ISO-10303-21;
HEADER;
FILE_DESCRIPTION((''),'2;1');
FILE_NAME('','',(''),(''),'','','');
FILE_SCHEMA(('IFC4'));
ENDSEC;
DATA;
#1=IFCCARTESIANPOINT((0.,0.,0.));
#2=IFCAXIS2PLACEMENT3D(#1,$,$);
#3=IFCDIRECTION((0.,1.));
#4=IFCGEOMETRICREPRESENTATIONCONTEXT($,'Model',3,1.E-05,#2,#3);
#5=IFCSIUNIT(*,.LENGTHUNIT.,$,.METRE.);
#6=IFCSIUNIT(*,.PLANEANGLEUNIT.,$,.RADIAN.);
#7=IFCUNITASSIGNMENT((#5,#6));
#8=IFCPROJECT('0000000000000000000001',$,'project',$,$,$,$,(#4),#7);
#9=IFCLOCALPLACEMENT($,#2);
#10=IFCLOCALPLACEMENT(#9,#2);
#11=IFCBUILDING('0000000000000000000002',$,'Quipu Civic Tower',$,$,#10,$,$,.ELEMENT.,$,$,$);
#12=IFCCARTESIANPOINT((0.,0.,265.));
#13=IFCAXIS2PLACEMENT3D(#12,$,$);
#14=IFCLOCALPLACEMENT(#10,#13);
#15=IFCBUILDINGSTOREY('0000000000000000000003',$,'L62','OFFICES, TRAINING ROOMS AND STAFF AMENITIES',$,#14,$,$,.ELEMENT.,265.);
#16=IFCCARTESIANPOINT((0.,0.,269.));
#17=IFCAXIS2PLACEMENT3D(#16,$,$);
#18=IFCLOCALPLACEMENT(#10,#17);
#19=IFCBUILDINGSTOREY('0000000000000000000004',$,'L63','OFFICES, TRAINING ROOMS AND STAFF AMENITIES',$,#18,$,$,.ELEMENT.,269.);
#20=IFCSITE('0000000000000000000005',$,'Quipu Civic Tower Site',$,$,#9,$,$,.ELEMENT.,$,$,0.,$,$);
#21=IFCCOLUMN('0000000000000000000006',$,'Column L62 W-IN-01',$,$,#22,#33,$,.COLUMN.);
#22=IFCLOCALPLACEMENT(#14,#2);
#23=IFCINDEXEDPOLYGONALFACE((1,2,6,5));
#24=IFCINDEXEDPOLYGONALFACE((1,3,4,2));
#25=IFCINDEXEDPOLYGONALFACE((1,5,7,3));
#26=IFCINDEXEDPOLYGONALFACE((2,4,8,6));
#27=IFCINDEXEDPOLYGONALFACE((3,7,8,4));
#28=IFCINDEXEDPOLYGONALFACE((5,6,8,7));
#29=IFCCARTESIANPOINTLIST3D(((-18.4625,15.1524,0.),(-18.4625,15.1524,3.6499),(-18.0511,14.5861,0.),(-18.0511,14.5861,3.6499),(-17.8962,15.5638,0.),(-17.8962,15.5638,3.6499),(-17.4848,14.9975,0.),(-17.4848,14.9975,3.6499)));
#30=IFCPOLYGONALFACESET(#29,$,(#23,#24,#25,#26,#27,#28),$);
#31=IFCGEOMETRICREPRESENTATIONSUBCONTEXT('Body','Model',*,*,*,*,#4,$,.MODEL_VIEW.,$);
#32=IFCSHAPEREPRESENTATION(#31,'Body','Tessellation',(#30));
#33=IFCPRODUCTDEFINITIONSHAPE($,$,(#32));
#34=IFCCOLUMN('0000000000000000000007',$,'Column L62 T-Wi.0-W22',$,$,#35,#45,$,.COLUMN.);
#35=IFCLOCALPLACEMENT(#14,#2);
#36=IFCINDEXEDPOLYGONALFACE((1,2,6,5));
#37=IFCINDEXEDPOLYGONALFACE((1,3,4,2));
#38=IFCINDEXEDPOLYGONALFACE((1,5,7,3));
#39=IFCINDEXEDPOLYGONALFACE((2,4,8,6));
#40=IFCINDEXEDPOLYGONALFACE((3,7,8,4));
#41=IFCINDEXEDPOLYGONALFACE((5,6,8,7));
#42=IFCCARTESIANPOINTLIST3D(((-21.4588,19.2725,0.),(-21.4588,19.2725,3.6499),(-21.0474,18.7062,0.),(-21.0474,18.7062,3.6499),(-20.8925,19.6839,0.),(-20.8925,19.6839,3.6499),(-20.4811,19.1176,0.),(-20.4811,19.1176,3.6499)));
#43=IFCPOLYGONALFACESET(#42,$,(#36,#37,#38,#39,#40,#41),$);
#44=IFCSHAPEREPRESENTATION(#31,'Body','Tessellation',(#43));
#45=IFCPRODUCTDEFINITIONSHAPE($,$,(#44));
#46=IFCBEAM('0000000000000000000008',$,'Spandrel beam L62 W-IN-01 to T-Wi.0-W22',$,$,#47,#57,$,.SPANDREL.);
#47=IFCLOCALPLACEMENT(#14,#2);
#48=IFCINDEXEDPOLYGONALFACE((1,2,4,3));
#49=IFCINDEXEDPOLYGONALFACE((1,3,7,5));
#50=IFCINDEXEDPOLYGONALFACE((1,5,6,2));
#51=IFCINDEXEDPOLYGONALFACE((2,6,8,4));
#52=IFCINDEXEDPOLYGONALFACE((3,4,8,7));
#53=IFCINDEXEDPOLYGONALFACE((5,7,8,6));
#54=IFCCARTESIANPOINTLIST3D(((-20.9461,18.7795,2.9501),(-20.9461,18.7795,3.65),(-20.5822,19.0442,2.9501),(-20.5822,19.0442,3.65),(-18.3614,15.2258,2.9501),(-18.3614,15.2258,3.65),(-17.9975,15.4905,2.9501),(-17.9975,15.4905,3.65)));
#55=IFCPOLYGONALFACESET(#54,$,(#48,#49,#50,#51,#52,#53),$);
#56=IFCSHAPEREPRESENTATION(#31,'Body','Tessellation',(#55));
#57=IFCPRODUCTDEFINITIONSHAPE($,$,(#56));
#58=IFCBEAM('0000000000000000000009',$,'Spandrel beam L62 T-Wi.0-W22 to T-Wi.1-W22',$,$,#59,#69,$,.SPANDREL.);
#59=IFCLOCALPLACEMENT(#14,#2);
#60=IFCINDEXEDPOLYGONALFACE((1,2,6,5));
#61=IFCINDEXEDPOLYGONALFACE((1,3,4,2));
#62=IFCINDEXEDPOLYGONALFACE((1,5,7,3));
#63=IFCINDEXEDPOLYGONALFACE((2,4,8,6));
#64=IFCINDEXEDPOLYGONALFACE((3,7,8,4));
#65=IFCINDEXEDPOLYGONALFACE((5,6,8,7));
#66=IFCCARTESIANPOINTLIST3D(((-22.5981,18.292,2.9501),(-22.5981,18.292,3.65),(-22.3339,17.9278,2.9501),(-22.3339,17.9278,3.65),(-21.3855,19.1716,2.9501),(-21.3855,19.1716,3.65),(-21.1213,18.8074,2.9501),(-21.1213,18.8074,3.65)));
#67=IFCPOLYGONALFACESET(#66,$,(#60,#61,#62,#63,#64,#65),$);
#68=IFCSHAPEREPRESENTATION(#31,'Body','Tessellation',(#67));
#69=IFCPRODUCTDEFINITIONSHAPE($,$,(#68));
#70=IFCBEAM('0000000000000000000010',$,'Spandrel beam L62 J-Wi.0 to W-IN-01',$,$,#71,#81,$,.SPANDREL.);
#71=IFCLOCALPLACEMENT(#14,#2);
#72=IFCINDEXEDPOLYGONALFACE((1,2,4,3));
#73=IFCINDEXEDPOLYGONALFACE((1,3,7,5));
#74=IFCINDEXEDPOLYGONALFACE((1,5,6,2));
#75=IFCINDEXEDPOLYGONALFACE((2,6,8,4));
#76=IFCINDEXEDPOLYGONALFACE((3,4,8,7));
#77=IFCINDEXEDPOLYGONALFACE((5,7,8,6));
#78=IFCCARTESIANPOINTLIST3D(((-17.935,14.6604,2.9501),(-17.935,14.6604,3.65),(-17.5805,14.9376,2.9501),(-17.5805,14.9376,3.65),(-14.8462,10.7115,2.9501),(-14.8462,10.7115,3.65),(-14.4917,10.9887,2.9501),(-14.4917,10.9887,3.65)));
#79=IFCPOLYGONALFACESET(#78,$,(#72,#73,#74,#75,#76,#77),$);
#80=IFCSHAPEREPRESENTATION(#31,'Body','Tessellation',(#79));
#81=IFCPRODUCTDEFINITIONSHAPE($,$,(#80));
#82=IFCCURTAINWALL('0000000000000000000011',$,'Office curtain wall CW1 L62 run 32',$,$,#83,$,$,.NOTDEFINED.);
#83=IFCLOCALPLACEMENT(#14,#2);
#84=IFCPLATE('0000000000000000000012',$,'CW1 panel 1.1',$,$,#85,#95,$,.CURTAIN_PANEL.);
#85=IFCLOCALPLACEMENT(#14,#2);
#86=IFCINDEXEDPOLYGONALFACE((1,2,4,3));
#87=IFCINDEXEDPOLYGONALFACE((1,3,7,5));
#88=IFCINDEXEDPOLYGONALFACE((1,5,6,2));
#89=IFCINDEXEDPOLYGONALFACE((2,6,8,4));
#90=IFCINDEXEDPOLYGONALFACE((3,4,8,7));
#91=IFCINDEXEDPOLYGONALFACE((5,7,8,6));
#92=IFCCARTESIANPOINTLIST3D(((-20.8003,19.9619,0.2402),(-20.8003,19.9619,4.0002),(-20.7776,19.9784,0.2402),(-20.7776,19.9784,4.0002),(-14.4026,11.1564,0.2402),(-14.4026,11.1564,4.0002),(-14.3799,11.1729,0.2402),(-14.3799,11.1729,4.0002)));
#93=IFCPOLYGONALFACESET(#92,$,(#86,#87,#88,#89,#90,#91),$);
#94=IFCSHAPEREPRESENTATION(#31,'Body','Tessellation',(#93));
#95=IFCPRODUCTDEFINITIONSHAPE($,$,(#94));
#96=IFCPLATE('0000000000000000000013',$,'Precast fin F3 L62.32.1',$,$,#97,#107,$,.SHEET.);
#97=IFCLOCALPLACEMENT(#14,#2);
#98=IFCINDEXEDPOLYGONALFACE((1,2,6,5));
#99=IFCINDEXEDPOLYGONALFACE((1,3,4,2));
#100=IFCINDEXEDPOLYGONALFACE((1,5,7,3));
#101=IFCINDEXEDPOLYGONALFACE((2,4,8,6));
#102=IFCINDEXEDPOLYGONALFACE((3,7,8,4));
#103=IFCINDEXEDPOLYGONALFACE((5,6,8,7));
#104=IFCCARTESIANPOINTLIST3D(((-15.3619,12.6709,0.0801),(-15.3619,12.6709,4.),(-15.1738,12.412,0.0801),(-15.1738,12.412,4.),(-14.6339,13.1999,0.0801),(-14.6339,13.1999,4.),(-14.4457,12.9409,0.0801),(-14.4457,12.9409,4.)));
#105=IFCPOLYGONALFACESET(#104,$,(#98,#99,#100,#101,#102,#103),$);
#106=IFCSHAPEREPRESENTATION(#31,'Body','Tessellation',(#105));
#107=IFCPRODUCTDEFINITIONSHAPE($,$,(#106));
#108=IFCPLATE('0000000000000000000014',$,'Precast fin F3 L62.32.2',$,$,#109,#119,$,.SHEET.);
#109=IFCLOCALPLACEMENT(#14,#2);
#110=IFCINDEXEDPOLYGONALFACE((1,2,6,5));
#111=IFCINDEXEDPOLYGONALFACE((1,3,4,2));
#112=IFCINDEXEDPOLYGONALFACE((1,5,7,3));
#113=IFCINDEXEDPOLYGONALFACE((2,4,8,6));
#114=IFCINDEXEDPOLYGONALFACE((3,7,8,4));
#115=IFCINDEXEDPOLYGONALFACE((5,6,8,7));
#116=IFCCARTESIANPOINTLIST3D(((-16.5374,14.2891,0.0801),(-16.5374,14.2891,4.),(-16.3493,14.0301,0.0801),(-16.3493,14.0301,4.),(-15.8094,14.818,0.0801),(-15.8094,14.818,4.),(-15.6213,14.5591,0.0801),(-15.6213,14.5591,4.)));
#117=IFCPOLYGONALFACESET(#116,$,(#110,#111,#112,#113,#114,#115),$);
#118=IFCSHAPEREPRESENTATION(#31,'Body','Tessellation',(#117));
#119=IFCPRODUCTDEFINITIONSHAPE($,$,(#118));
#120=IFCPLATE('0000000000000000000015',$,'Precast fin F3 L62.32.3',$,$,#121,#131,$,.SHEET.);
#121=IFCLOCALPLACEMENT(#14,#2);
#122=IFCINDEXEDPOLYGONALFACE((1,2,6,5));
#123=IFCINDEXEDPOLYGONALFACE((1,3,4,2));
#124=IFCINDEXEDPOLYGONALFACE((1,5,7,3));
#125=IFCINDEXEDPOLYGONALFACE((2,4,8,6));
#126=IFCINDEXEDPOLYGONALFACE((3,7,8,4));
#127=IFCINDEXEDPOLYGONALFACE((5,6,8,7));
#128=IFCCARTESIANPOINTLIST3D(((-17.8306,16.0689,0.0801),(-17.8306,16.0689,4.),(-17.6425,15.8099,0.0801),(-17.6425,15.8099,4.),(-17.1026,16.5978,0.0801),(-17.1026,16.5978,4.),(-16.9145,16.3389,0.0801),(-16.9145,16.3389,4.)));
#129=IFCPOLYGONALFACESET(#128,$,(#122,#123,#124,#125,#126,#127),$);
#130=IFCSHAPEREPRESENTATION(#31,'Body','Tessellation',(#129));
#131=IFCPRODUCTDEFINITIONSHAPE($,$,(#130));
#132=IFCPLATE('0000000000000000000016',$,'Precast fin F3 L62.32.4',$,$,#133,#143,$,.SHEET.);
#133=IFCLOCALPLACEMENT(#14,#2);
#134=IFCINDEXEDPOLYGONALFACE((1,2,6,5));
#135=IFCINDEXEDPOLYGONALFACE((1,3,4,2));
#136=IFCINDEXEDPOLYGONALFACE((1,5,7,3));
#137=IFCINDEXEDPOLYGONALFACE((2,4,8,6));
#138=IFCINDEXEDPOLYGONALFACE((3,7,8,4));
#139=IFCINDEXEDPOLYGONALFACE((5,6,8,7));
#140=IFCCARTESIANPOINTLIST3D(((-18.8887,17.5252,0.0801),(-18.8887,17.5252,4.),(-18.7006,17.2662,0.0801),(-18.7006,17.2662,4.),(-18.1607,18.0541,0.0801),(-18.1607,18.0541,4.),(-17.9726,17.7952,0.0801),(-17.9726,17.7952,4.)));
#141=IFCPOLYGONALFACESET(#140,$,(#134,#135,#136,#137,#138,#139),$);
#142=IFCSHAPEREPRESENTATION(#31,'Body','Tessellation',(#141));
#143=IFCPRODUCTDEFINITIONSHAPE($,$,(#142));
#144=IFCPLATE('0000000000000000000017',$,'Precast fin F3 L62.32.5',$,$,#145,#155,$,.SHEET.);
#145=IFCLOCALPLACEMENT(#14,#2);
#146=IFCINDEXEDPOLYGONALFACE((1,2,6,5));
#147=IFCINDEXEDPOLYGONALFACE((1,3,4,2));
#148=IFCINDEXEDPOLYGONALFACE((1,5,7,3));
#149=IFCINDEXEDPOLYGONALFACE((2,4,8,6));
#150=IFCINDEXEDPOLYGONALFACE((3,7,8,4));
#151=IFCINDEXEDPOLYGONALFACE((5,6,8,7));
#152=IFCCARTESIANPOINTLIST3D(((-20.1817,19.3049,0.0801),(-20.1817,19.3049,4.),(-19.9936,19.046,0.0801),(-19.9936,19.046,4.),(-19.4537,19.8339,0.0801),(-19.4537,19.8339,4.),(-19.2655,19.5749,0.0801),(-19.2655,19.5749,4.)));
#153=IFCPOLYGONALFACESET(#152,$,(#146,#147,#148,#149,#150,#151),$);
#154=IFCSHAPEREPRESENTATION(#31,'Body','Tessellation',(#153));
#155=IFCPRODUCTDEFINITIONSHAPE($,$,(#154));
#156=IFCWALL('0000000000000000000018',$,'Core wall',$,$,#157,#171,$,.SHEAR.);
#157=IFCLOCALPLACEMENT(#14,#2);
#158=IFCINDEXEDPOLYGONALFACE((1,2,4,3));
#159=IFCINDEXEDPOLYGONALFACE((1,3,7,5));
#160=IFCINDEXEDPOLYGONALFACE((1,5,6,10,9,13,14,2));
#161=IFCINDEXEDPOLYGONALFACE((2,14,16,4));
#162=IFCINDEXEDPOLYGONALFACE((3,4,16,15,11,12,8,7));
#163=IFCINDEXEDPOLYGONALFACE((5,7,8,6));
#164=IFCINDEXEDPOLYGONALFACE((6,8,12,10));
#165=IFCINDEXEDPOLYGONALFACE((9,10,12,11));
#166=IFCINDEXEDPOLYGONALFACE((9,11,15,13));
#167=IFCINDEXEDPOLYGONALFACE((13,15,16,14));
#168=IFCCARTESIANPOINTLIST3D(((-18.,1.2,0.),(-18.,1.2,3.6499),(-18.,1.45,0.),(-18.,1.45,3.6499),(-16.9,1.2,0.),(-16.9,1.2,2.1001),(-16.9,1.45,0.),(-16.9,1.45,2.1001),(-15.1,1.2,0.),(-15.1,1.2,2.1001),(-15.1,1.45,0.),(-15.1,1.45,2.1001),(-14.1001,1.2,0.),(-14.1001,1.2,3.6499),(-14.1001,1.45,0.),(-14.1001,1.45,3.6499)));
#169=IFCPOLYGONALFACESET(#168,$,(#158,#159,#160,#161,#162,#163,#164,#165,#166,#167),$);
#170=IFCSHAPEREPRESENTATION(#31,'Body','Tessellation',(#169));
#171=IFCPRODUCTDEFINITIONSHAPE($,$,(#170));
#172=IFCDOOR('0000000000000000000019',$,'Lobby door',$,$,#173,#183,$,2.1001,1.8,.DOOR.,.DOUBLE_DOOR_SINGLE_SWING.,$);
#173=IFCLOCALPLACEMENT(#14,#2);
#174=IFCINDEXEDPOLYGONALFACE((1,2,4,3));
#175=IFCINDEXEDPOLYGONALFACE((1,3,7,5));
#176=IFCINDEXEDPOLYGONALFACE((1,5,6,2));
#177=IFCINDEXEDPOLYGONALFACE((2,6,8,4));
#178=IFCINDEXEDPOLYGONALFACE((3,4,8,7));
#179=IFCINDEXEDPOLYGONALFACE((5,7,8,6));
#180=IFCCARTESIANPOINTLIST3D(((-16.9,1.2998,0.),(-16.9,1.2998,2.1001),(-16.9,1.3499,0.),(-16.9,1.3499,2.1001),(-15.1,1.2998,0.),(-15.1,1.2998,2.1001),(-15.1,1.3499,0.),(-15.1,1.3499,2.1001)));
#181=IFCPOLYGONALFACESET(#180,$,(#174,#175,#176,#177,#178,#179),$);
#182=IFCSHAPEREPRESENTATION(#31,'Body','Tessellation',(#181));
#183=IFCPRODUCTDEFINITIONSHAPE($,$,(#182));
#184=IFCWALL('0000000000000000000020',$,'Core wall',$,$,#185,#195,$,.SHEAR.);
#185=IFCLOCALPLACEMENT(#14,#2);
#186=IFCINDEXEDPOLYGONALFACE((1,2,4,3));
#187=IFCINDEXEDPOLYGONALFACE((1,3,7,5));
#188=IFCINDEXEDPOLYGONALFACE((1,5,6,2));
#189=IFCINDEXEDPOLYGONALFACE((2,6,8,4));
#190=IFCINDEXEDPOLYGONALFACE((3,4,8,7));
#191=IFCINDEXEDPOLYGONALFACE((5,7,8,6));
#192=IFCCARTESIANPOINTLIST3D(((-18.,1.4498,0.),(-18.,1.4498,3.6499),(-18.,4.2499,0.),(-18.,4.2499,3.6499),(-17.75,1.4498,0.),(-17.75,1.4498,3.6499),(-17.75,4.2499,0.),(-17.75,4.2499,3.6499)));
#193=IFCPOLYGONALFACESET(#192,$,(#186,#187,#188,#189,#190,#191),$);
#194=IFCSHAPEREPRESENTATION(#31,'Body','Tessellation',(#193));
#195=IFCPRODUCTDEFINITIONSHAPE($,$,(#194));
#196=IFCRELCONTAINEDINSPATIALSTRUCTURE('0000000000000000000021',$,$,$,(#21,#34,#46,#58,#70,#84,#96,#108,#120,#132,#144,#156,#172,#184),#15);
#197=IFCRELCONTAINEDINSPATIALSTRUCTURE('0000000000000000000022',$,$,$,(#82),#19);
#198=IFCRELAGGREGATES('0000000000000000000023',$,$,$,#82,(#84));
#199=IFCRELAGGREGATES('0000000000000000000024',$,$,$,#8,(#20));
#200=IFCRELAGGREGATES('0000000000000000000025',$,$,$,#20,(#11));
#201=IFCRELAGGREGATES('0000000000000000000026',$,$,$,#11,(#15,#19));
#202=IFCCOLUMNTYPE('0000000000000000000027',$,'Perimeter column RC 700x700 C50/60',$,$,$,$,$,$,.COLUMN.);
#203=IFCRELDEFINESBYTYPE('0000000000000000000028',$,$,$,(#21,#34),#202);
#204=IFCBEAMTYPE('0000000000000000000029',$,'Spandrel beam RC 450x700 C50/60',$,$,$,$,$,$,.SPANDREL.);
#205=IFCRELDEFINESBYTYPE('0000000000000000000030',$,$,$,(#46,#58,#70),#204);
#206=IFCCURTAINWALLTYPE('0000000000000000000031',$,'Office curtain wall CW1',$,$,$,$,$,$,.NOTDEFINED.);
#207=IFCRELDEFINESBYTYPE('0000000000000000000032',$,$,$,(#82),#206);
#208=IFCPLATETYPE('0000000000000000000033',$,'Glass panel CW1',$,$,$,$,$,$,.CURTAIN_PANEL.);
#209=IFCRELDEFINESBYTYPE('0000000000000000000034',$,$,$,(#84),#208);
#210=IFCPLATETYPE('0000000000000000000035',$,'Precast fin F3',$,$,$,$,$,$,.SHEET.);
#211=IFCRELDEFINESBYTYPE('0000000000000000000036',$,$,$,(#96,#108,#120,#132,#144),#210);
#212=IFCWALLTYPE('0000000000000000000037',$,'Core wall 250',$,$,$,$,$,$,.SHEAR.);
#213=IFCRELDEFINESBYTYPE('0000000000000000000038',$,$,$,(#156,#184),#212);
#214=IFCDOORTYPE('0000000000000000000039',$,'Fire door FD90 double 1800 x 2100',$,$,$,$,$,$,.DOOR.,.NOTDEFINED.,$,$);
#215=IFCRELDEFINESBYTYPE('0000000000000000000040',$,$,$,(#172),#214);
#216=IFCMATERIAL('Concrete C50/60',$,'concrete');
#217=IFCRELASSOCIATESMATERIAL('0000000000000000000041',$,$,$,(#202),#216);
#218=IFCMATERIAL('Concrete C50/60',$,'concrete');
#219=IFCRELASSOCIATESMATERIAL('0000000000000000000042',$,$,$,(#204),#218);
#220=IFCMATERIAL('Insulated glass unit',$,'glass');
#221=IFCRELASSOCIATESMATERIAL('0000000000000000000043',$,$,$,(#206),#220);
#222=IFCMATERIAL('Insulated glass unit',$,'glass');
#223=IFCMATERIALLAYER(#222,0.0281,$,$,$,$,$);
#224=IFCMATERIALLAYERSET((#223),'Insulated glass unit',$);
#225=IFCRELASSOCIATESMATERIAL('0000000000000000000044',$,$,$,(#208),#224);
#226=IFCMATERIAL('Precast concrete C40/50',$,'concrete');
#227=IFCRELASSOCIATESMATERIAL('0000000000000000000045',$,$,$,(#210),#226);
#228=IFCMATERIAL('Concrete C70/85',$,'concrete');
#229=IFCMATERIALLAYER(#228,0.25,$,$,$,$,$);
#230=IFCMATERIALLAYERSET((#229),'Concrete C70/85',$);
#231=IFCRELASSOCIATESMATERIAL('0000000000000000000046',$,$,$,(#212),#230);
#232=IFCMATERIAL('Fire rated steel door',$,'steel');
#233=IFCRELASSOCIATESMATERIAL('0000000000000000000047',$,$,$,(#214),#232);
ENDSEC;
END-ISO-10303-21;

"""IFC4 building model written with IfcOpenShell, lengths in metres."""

from ifc_helpers import new_model, si_unit, direction, frame, frame_2d, origin, origin_2d, place, context, subcontext, project, spatial, rectangle, extrude, material, layer, layer_set, material_profile, profile_set, type_object, element, fill, aggregate, save


model = new_model("IFC4")

# Units and contexts
model_context = context("Model", 3, precision=1e-05, world=origin(), true_north=direction((0.0, 1.0)))
body_context = subcontext(model_context, "Body", "Model", "MODEL_VIEW")
ifc_project = project(units=[si_unit("LENGTHUNIT", "METRE"), si_unit("PLANEANGLEUNIT", "RADIAN")], contexts=[model_context])

# Site, building, storey
site_placement = place(None, origin())
site = spatial("IfcSite", under=ifc_project, at=site_placement, Name="Quipu Civic Tower Site", CompositionType="ELEMENT", RefElevation=0.0)
building_placement = place(site_placement, origin())
building = spatial("IfcBuilding", under=site, at=building_placement, Name="Quipu Civic Tower", CompositionType="ELEMENT")
storey_1_placement = place(building_placement, frame((0.0, 0.0, 265.0)))
storey_1 = spatial("IfcBuildingStorey", under=building, at=storey_1_placement, Name="L62", Description="OFFICES, TRAINING ROOMS AND STAFF AMENITIES", CompositionType="ELEMENT", Elevation=265.0)

# Columns
ifc_material_1 = material(Name="Concrete C50/60", Category="concrete")
ifc_material_profile_1 = material_profile(ifc_material_1, rectangle(XDim=0.7, YDim=0.7, at=origin_2d()), Name="RC700x700")
ifc_profile_set_1 = profile_set([ifc_material_profile_1], Name="Concrete C50/60")
column_type = type_object("IfcColumnType", Name="Perimeter column RC 700x700 C50/60", PredefinedType="COLUMN", material=ifc_profile_set_1)
for number, where, z_axis, x_axis, name in (
    (1, (-17.9736, 15.075, 0.0), (0.0, 0.0, 1.0), (-0.587785, 0.809017, 0.0), "Column L62 W-IN-01"),
    (2, (-20.97, 19.1951, 0.0), (0.0, 0.0, 1.0), (-0.587785, 0.809017, 0.0), "Column L62 T-Wi.0-W22"),
):
    element("IfcColumn", number, at=place(storey_1_placement, frame(where, z_axis=z_axis, x_axis=x_axis)), inside=storey_1, type_object=column_type, Name=name, PredefinedType="COLUMN", context=body_context, shape_type="SweptSolid", body=[
        extrude(rectangle(XDim=0.7, YDim=0.7, at=origin_2d()), origin(), (0.0, 0.0, 1.0), 3.6499),
    ])

# Beams
ifc_material_2 = material(Name="Concrete C50/60", Category="concrete")
ifc_material_profile_2 = material_profile(ifc_material_2, rectangle(XDim=0.45, YDim=0.7, at=origin_2d()), Name="RC450x700")
ifc_profile_set_2 = profile_set([ifc_material_profile_2], Name="Concrete C50/60")
beam_type = type_object("IfcBeamType", Name="Spandrel beam RC 450x700 C50/60", PredefinedType="SPANDREL", material=ifc_profile_set_2)
beam_1_placement = place(storey_1_placement, frame((-18.1794, 15.3582, 3.3), z_axis=(-0.588201, 0.808714, 0.0), x_axis=(-0.808714, -0.588201, 0.0)))
element("IfcBeam", 3, at=beam_1_placement, inside=storey_1, type_object=beam_type, Name="Spandrel beam L62 W-IN-01 to T-Wi.0-W22", PredefinedType="SPANDREL", context=body_context, shape_type="SweptSolid", body=[
    extrude(rectangle(XDim=0.45, YDim=0.7, at=origin_2d()), origin(), (0.0, 0.0, 1.0), 4.3943),
])
beam_2_placement = place(storey_1_placement, frame((-21.2534, 18.9895, 3.3), z_axis=(-0.809461, -0.587173, 0.0), x_axis=(0.587173, -0.809461, 0.0)))
element("IfcBeam", 4, at=beam_2_placement, inside=storey_1, type_object=beam_type, Name="Spandrel beam L62 T-Wi.0-W22 to T-Wi.1-W22", PredefinedType="SPANDREL", context=body_context, shape_type="SweptSolid", body=[
    extrude(rectangle(XDim=0.45, YDim=0.7, at=origin_2d()), origin(), (0.0, 0.0, 1.0), 1.498),
])
beam_3_placement = place(storey_1_placement, frame((-14.6689, 10.8501, 3.3), z_axis=(-0.616106, 0.787663, 0.0), x_axis=(-0.787663, -0.616106, 0.0)))
element("IfcBeam", 5, at=beam_3_placement, inside=storey_1, type_object=beam_type, Name="Spandrel beam L62 J-Wi.0 to W-IN-01", PredefinedType="SPANDREL", context=body_context, shape_type="SweptSolid", body=[
    extrude(rectangle(XDim=0.45, YDim=0.7, at=origin_2d()), origin(), (0.0, 0.0, 1.0), 5.0134),
])

# Shared definitions
storey_2_placement = place(building_placement, frame((0.0, 0.0, 269.0)))
storey_2 = spatial("IfcBuildingStorey", under=building, at=storey_2_placement, Name="L63", Description="OFFICES, TRAINING ROOMS AND STAFF AMENITIES", CompositionType="ELEMENT", Elevation=269.0)

# Curtain wall, plate
ifc_material_3 = material(Name="Insulated glass unit", Category="glass")
curtain_wall_type = type_object("IfcCurtainWallType", Name="Office curtain wall CW1", PredefinedType="NOTDEFINED", material=ifc_material_3)
curtain_wall_placement = place(storey_2_placement, origin())
curtain_wall = element("IfcCurtainWall", 6, at=curtain_wall_placement, inside=storey_2, type_object=curtain_wall_type, Name="Office curtain wall CW1 L62 run 32", PredefinedType="NOTDEFINED")
ifc_material_4 = material(Name="Insulated glass unit", Category="glass")
ifc_layer_1 = layer(ifc_material_4, 0.0281)
ifc_layer_set_1 = layer_set([ifc_layer_1], Name="Insulated glass unit")
plate_type_1 = type_object("IfcPlateType", Name="Glass panel CW1", PredefinedType="CURTAIN_PANEL", material=ifc_layer_set_1)
plate_placement = place(storey_1_placement, frame((-17.5901, 15.5674, 0.2402), z_axis=(0.0, 0.0, 1.0), x_axis=(-0.587788, 0.809015, 0.0)))
plate = element("IfcPlate", 7, at=plate_placement, inside=storey_1, type_object=plate_type_1, Name="CW1 panel 1.1", PredefinedType="CURTAIN_PANEL", context=body_context, shape_type="SweptSolid", body=[
    extrude(rectangle(XDim=10.8843, YDim=0.0281, at=origin_2d()), origin(), (0.0, 0.0, 1.0), 3.76),
])
aggregate(curtain_wall, [plate])

# Plates
ifc_material_5 = material(Name="Precast concrete C40/50", Category="concrete")
plate_type_2 = type_object("IfcPlateType", Name="Precast fin F3", PredefinedType="SHEET", material=ifc_material_5)
for number, where, z_axis, x_axis, name in (
    (8, (-14.9038, 12.8059, 0.0801), (0.0, 0.0, 1.0), (-0.587784, 0.809018, 0.0), "Precast fin F3 L62.32.1"),
    (9, (-16.0793, 14.4241, 0.0801), (0.0, 0.0, 1.0), (-0.587784, 0.809018, 0.0), "Precast fin F3 L62.32.2"),
    (10, (-17.3726, 16.2039, 0.0801), (0.0, 0.0, 1.0), (-0.587784, 0.809018, 0.0), "Precast fin F3 L62.32.3"),
    (11, (-18.4307, 17.6602, 0.0801), (0.0, 0.0, 1.0), (-0.587784, 0.809018, 0.0), "Precast fin F3 L62.32.4"),
    (12, (-19.7236, 19.4399, 0.0801), (0.0, 0.0, 1.0), (-0.587784, 0.809018, 0.0), "Precast fin F3 L62.32.5"),
):
    element("IfcPlate", number, at=place(storey_1_placement, frame(where, z_axis=z_axis, x_axis=x_axis)), inside=storey_1, type_object=plate_type_2, Name=name, PredefinedType="SHEET", context=body_context, shape_type="SweptSolid", body=[
        extrude(rectangle(XDim=0.3201, YDim=0.8999, at=origin_2d()), origin(), (0.0, 0.0, 1.0), 3.9199),
    ])

# Wall, opening, door
ifc_material_6 = material(Name="Concrete C70/85", Category="concrete")
ifc_layer_2 = layer(ifc_material_6, 0.25)
ifc_layer_set_2 = layer_set([ifc_layer_2], Name="Concrete C70/85")
wall_type_1 = type_object("IfcWallType", Name="Core wall 250", PredefinedType="SHEAR", material=ifc_layer_set_2)
wall_1_placement = place(storey_1_placement, frame((-18.0, 1.325, 0.0), z_axis=(0.0, 0.0, 1.0), x_axis=(1.0, 0.0, 0.0)))
wall_1 = element("IfcWall", 13, at=wall_1_placement, inside=storey_1, type_object=wall_type_1, Name="Core wall", PredefinedType="SHEAR", context=body_context, shape_type="SweptSolid", body=[
    extrude(rectangle(XDim=3.8999, YDim=0.25, at=frame_2d((1.95, 0.0))), origin(), (0.0, 0.0, 1.0), 3.6499),
])
opening_1_placement = place(wall_1_placement, frame((1.1001, 0.0, 0.0)))
opening_1 = element("IfcOpeningElement", 14, at=opening_1_placement, cuts=wall_1, PredefinedType="OPENING", context=body_context, shape_type="SweptSolid", body=[
    extrude(rectangle(XDim=1.8, YDim=2.1001, at=frame_2d((0.8999, 1.05))), frame((0.0, 0.135, 0.0), z_axis=(0.0, -1.0, 0.0), x_axis=(1.0, 0.0, 0.0)), (0.0, 0.0, 1.0), 0.27),
])
ifc_material_7 = material(Name="Fire rated steel door", Category="steel")
door_type = type_object("IfcDoorType", Name="Fire door FD90 double 1800 x 2100", OperationType="NOTDEFINED", PredefinedType="DOOR", material=ifc_material_7)
door_1_placement = place(opening_1_placement, origin())
door_1 = element("IfcDoor", 15, at=door_1_placement, inside=storey_1, type_object=door_type, Name="Lobby door", OperationType="DOUBLE_DOOR_SINGLE_SWING", OverallHeight=2.1001, OverallWidth=1.8, PredefinedType="DOOR", context=body_context, shape_type="SweptSolid", body=[
    extrude(rectangle(XDim=1.8, YDim=2.1001, at=frame_2d((0.8999, 1.05))), frame((0.0, 0.0249, 0.0), z_axis=(0.0, -1.0, 0.0), x_axis=(1.0, 0.0, 0.0)), (0.0, 0.0, 1.0), 0.05),
])
fill(opening_1, door_1)

# Wall
wall_2_placement = place(storey_1_placement, frame((-17.875, 1.45, 0.0), z_axis=(0.0, 0.0, 1.0), x_axis=(0.0, 1.0, 0.0)))
element("IfcWall", 16, at=wall_2_placement, inside=storey_1, type_object=wall_type_1, Name="Core wall", PredefinedType="SHEAR", context=body_context, shape_type="SweptSolid", body=[
    extrude(rectangle(XDim=2.8, YDim=0.25, at=frame_2d((1.3999, 0.0))), origin(), (0.0, 0.0, 1.0), 3.6499),
])

save(model, "model.ifc")
